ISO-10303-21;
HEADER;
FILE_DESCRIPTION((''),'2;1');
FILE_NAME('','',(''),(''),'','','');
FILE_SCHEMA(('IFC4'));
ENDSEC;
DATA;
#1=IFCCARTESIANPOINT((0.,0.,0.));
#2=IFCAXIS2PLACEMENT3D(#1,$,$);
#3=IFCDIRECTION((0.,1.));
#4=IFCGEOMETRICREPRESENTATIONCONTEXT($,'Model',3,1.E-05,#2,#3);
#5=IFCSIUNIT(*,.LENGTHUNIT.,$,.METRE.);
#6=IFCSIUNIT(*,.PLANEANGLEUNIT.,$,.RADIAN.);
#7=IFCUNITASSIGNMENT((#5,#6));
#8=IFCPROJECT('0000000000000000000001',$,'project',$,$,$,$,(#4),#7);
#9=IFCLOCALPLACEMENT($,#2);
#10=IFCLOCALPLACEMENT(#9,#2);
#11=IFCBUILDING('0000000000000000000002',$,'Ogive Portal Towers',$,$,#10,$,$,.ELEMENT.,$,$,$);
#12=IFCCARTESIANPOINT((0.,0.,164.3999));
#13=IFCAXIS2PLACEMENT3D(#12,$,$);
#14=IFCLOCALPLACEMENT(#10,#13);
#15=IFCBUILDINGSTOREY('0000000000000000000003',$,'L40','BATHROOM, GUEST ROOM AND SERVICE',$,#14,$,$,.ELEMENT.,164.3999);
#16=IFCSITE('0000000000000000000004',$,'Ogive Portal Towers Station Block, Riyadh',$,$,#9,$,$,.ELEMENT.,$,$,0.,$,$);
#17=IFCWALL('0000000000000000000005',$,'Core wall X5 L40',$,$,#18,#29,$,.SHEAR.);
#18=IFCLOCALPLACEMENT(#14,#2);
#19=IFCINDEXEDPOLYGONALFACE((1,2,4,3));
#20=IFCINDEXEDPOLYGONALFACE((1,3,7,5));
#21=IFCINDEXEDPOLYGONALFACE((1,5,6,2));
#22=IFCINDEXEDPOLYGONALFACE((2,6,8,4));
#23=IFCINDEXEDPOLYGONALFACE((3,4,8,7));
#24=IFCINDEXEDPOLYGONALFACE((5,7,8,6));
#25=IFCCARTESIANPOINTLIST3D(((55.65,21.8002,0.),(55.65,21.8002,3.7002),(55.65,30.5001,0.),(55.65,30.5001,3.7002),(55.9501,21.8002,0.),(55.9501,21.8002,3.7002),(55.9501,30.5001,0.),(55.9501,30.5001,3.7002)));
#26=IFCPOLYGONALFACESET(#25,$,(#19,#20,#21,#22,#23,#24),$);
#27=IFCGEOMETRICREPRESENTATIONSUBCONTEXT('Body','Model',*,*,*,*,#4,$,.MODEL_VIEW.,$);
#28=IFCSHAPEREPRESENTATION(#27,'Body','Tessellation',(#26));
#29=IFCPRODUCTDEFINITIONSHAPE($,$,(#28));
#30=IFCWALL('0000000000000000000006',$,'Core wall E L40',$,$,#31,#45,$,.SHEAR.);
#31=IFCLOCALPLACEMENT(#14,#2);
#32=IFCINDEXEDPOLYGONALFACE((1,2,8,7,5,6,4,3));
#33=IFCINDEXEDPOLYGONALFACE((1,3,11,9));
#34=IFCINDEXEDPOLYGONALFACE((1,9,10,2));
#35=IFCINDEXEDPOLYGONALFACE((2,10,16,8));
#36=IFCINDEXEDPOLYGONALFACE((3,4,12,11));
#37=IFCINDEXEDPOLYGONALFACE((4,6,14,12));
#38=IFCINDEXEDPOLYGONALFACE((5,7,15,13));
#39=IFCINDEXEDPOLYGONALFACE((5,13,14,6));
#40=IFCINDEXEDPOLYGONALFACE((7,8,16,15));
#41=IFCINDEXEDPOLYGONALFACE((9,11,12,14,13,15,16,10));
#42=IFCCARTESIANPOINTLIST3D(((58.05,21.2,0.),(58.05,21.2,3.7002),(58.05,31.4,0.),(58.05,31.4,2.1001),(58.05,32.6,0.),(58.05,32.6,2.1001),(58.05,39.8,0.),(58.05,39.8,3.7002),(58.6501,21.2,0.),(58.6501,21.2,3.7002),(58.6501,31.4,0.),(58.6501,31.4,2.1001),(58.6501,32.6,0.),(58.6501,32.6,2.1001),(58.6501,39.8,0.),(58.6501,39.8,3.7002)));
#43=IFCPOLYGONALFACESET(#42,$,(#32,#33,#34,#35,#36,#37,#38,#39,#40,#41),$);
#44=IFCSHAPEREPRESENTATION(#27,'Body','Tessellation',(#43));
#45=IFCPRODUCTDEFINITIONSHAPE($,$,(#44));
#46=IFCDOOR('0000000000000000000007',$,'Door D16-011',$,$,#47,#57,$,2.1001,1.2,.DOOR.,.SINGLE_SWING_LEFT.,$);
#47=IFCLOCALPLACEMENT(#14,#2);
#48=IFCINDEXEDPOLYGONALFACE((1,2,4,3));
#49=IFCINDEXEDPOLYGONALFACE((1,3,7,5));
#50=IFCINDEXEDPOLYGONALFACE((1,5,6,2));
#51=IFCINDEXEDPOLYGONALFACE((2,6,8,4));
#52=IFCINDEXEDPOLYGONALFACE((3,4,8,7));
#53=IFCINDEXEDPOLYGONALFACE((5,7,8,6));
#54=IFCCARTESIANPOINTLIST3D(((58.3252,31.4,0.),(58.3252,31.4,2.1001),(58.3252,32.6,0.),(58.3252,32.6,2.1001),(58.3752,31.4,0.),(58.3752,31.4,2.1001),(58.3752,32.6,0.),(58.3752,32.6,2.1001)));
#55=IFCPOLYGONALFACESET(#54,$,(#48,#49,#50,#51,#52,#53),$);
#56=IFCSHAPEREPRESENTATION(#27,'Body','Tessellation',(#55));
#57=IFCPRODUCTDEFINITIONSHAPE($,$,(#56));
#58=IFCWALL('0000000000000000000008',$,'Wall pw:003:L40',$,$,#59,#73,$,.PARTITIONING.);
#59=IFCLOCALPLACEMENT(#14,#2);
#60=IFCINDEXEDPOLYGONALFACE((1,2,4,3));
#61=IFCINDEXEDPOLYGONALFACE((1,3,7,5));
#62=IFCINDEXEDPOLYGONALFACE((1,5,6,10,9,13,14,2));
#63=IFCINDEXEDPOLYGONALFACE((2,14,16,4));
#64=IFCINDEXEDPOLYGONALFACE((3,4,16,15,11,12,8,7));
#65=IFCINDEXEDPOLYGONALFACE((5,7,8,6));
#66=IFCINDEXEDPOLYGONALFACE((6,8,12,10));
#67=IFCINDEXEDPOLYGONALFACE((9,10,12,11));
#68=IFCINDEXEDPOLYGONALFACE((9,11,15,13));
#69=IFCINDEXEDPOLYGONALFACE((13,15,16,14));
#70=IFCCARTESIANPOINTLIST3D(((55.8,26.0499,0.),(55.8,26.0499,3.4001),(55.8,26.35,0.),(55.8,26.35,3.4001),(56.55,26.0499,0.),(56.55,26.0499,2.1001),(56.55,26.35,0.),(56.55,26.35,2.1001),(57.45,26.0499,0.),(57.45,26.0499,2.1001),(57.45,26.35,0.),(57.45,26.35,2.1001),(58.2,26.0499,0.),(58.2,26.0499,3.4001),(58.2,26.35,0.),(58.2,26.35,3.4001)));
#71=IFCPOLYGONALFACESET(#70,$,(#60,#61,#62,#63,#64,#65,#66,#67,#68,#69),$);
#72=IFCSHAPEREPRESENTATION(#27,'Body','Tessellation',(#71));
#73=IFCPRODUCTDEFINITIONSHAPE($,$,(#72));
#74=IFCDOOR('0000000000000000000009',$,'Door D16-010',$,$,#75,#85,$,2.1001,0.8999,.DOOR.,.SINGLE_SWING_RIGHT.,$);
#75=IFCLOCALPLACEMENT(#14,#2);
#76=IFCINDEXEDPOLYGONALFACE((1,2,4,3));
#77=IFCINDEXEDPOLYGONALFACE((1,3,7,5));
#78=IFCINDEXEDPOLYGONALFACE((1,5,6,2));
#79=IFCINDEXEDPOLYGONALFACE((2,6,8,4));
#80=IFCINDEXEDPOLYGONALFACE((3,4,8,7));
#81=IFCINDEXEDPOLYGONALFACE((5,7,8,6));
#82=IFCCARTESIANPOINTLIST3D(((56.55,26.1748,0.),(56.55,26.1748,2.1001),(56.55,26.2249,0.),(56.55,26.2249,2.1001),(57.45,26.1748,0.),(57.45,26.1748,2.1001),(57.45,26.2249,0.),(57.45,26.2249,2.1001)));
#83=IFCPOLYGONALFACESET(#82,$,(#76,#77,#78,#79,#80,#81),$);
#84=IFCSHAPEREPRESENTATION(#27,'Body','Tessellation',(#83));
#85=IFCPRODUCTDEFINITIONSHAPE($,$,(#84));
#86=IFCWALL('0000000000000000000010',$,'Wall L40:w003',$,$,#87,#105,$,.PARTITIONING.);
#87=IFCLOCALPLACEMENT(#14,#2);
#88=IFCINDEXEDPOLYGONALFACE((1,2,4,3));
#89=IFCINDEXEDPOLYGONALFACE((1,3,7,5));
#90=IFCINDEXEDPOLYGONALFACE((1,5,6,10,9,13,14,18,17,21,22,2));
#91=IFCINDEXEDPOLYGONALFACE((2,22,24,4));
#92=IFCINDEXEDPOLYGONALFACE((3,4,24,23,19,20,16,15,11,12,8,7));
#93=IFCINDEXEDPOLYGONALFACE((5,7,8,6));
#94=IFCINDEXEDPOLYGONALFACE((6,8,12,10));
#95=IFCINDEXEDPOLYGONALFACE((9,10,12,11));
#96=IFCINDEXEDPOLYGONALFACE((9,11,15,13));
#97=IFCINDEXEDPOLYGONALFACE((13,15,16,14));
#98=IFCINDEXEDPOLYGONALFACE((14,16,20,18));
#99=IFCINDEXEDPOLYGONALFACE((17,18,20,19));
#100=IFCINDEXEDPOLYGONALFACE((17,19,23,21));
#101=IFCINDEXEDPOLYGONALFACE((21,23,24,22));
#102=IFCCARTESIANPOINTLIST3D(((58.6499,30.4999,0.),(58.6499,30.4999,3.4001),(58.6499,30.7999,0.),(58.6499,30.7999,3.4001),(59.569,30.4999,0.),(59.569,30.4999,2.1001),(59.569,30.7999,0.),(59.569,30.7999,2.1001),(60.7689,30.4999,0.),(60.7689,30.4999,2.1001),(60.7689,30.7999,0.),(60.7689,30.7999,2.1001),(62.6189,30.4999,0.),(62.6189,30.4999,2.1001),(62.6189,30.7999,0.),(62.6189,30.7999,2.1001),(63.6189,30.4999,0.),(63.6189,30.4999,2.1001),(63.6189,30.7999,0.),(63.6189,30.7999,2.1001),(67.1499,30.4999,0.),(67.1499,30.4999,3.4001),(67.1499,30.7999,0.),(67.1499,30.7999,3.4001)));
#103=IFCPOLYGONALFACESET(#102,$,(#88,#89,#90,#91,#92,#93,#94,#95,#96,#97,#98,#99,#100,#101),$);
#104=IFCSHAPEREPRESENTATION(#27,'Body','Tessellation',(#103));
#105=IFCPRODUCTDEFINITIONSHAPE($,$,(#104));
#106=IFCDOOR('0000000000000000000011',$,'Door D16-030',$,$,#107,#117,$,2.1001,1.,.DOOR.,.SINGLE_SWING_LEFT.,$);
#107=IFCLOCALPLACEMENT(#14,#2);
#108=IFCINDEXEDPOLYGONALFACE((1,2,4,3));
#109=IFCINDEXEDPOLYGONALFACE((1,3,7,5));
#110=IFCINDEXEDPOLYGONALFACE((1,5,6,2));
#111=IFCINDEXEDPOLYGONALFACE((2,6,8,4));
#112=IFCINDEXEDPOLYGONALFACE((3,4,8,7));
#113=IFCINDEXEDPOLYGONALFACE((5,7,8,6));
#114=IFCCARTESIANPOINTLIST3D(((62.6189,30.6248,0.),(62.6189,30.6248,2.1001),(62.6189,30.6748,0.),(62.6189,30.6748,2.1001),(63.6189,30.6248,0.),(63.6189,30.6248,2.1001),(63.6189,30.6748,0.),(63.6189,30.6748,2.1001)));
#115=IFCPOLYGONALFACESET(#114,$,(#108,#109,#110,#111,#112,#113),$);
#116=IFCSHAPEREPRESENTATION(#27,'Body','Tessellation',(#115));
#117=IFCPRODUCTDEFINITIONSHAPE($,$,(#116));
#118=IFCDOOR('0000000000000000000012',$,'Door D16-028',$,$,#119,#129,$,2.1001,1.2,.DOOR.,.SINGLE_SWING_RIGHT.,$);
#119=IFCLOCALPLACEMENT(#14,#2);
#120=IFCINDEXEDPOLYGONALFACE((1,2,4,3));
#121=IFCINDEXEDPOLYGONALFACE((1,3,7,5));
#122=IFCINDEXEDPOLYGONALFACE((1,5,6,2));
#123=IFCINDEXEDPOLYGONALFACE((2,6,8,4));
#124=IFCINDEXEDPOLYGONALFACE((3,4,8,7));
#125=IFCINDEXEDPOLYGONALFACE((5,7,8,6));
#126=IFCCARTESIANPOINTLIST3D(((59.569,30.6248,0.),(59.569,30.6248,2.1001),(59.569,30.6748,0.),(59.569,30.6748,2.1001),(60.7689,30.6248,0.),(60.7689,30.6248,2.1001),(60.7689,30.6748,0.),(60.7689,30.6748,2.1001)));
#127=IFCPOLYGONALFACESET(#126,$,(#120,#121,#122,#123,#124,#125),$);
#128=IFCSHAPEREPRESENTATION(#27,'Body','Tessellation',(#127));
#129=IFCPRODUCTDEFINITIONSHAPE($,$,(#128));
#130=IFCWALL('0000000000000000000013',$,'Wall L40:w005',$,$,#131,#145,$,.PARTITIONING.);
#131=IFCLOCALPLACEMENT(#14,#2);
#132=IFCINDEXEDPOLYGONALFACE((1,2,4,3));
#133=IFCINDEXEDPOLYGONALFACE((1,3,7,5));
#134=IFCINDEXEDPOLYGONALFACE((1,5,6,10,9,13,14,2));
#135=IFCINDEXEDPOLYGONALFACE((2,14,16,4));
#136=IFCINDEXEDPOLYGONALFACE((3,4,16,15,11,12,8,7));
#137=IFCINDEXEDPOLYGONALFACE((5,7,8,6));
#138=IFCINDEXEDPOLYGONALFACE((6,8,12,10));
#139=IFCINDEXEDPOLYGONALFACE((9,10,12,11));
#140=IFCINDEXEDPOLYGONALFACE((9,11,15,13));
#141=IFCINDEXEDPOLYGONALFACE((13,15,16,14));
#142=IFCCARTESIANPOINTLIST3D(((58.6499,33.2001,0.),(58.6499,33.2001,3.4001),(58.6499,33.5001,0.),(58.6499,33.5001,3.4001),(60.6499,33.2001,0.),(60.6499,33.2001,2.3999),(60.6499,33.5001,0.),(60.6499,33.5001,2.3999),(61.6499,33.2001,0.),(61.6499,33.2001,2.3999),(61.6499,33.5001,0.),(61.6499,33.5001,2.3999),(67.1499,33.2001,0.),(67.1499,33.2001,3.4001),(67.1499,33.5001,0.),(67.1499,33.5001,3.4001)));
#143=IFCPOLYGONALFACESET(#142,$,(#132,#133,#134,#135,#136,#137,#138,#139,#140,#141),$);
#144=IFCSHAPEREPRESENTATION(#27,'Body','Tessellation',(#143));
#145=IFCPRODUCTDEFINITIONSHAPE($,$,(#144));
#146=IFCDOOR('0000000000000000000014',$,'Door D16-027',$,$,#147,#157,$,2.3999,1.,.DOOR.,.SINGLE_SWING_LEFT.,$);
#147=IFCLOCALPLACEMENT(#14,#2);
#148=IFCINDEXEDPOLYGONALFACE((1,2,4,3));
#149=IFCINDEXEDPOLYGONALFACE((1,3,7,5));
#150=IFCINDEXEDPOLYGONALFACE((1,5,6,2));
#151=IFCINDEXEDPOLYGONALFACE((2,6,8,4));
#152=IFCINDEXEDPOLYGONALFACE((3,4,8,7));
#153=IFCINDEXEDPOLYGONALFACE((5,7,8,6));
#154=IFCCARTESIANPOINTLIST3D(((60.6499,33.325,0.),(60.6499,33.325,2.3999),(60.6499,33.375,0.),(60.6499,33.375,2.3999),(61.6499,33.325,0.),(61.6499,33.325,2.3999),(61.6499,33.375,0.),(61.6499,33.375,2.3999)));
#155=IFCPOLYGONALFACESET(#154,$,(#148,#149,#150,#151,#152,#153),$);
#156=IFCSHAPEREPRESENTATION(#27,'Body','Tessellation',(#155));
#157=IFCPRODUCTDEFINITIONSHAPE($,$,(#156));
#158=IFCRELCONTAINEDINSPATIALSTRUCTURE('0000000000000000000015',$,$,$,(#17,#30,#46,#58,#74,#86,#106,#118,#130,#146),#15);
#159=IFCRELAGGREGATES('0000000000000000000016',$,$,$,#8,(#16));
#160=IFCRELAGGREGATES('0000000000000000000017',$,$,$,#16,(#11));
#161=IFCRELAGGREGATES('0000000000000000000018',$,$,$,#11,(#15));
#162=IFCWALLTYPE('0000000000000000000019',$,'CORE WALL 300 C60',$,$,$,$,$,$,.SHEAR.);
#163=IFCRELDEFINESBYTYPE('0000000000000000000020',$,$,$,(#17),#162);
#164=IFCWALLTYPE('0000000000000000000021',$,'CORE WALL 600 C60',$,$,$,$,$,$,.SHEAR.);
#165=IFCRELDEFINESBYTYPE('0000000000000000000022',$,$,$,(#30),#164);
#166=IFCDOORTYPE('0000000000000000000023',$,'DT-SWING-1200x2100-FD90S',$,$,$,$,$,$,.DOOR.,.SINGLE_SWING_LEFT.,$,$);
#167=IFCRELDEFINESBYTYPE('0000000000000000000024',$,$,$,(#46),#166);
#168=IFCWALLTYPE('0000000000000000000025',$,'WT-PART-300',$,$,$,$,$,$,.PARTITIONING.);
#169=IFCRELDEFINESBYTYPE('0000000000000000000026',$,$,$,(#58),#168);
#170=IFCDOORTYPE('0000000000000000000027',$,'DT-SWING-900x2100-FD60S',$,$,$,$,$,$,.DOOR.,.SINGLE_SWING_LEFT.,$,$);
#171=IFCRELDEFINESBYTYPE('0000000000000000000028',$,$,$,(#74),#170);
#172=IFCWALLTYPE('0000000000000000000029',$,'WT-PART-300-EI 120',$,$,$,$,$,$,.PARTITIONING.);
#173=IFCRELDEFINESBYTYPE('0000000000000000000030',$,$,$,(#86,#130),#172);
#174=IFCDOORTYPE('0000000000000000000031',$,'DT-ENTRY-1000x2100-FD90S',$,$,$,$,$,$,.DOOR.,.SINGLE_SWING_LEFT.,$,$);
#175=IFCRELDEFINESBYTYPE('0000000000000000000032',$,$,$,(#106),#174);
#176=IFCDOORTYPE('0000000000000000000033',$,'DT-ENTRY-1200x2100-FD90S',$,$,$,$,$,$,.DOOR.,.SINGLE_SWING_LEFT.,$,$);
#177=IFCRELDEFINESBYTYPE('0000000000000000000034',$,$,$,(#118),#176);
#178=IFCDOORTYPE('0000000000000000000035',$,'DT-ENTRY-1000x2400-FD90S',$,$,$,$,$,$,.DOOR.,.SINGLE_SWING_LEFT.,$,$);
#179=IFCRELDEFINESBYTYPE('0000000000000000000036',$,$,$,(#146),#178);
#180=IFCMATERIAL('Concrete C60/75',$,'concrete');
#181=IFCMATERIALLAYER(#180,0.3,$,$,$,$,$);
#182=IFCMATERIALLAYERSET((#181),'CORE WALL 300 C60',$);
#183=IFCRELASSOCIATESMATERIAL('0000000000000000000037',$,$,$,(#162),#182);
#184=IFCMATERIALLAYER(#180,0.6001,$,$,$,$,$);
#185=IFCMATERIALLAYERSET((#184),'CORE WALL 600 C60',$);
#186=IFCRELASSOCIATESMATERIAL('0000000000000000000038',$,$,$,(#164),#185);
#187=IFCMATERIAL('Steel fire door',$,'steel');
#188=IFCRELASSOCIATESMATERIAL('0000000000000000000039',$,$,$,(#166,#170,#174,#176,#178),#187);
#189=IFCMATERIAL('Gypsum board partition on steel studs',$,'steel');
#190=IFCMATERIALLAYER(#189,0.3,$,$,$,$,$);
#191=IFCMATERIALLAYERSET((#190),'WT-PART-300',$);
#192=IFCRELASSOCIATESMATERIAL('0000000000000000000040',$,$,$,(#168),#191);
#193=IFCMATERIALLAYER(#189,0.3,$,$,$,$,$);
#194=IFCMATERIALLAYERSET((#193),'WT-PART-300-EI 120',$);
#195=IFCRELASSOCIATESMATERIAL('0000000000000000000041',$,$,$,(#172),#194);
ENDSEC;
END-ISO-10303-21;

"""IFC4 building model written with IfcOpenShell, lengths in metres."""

from ifc_helpers import new_model, si_unit, direction, frame, frame_2d, origin, place, context, subcontext, project, spatial, rectangle, extrude, material, layer, layer_set, type_object, element, fill, save


model = new_model("IFC4")

# Units and contexts
model_context = context("Model", 3, precision=1e-05, world=origin(), true_north=direction((0.0, 1.0)))
body_context = subcontext(model_context, "Body", "Model", "MODEL_VIEW")
ifc_project = project(units=[si_unit("LENGTHUNIT", "METRE"), si_unit("PLANEANGLEUNIT", "RADIAN")], contexts=[model_context])

# Site, building, storey
site_placement = place(None, origin())
site = spatial("IfcSite", under=ifc_project, at=site_placement, Name="Ogive Portal Towers Station Block, Riyadh", CompositionType="ELEMENT", RefElevation=0.0)
building_placement = place(site_placement, origin())
building = spatial("IfcBuilding", under=site, at=building_placement, Name="Ogive Portal Towers", CompositionType="ELEMENT")
storey_placement = place(building_placement, frame((0.0, 0.0, 164.3999)))
storey = spatial("IfcBuildingStorey", under=building, at=storey_placement, Name="L40", Description="BATHROOM, GUEST ROOM AND SERVICE", CompositionType="ELEMENT", Elevation=164.3999)

# Wall
ifc_material_1 = material(Name="Concrete C60/75", Category="concrete")
ifc_layer_1 = layer(ifc_material_1, 0.3)
ifc_layer_set_1 = layer_set([ifc_layer_1], Name="CORE WALL 300 C60")
wall_type_1 = type_object("IfcWallType", Name="CORE WALL 300 C60", PredefinedType="SHEAR", material=ifc_layer_set_1)
wall_1_placement = place(storey_placement, frame((55.8, 21.8, 0.0), z_axis=(0.0, 0.0, 1.0), x_axis=(0.0, 1.0, 0.0)))
element("IfcWall", 1, at=wall_1_placement, inside=storey, type_object=wall_type_1, Name="Core wall X5 L40", PredefinedType="SHEAR", context=body_context, shape_type="SweptSolid", body=[
    extrude(rectangle(XDim=8.7, YDim=0.3, at=frame_2d((4.3501, 0.0))), origin(), (0.0, 0.0, 1.0), 3.7002),
])

# Walls, openings, doors
ifc_layer_2 = layer(ifc_material_1, 0.6001)
ifc_layer_set_2 = layer_set([ifc_layer_2], Name="CORE WALL 600 C60")
wall_type_2 = type_object("IfcWallType", Name="CORE WALL 600 C60", PredefinedType="SHEAR", material=ifc_layer_set_2)
wall_2_placement = place(storey_placement, frame((58.3501, 21.2, 0.0), z_axis=(0.0, 0.0, 1.0), x_axis=(0.0, 1.0, 0.0)))
wall_2 = element("IfcWall", 2, at=wall_2_placement, inside=storey, type_object=wall_type_2, Name="Core wall E L40", PredefinedType="SHEAR", context=body_context, shape_type="SweptSolid", body=[
    extrude(rectangle(XDim=18.6001, YDim=0.6001, at=frame_2d((9.3, 0.0))), origin(), (0.0, 0.0, 1.0), 3.7002),
])
opening_1_placement = place(wall_2_placement, frame((10.2, 0.0, 0.0)))
opening_1 = element("IfcOpeningElement", 3, at=opening_1_placement, cuts=wall_2, PredefinedType="OPENING", context=body_context, shape_type="SweptSolid", body=[
    extrude(rectangle(XDim=1.2, YDim=2.1001, at=frame_2d((0.6001, 1.05))), frame((0.0, 0.3101, 0.0), z_axis=(0.0, -1.0, 0.0), x_axis=(1.0, 0.0, 0.0)), (0.0, 0.0, 1.0), 0.6201),
])
ifc_material_2 = material(Name="Steel fire door", Category="steel")
door_type_1 = type_object("IfcDoorType", Name="DT-SWING-1200x2100-FD90S", OperationType="SINGLE_SWING_LEFT", PredefinedType="DOOR", material=ifc_material_2)
door_1_placement = place(opening_1_placement, origin())
door_1 = element("IfcDoor", 4, at=door_1_placement, inside=storey, type_object=door_type_1, Name="Door D16-011", OperationType="SINGLE_SWING_LEFT", OverallHeight=2.1001, OverallWidth=1.2, PredefinedType="DOOR", context=body_context, shape_type="SweptSolid", body=[
    extrude(rectangle(XDim=1.2, YDim=2.1001, at=frame_2d((0.6001, 1.05))), frame((0.0, 0.0249, 0.0), z_axis=(0.0, -1.0, 0.0), x_axis=(1.0, 0.0, 0.0)), (0.0, 0.0, 1.0), 0.05),
])
fill(opening_1, door_1)
ifc_material_3 = material(Name="Gypsum board partition on steel studs", Category="steel")
ifc_layer_3 = layer(ifc_material_3, 0.3)
ifc_layer_set_3 = layer_set([ifc_layer_3], Name="WT-PART-300")
wall_type_3 = type_object("IfcWallType", Name="WT-PART-300", PredefinedType="PARTITIONING", material=ifc_layer_set_3)
wall_3_placement = place(storey_placement, frame((55.8, 26.2, 0.0), z_axis=(0.0, 0.0, 1.0), x_axis=(1.0, 0.0, 0.0)))
wall_3 = element("IfcWall", 5, at=wall_3_placement, inside=storey, type_object=wall_type_3, Name="Wall pw:003:L40", PredefinedType="PARTITIONING", context=body_context, shape_type="SweptSolid", body=[
    extrude(rectangle(XDim=2.3999, YDim=0.3, at=frame_2d((1.2, 0.0))), origin(), (0.0, 0.0, 1.0), 3.4001),
])
opening_2_placement = place(wall_3_placement, frame((0.75, 0.0, 0.0)))
opening_2 = element("IfcOpeningElement", 6, at=opening_2_placement, cuts=wall_3, PredefinedType="OPENING", context=body_context, shape_type="SweptSolid", body=[
    extrude(rectangle(XDim=0.8999, YDim=2.1001, at=frame_2d((0.45, 1.05))), frame((0.0, 0.1602, 0.0), z_axis=(0.0, -1.0, 0.0), x_axis=(1.0, 0.0, 0.0)), (0.0, 0.0, 1.0), 0.3201),
])
door_type_2 = type_object("IfcDoorType", Name="DT-SWING-900x2100-FD60S", OperationType="SINGLE_SWING_LEFT", PredefinedType="DOOR", material=ifc_material_2)
door_2_placement = place(opening_2_placement, origin())
door_2 = element("IfcDoor", 7, at=door_2_placement, inside=storey, type_object=door_type_2, Name="Door D16-010", OperationType="SINGLE_SWING_RIGHT", OverallHeight=2.1001, OverallWidth=0.8999, PredefinedType="DOOR", context=body_context, shape_type="SweptSolid", body=[
    extrude(rectangle(XDim=0.8999, YDim=2.1001, at=frame_2d((0.45, 1.05))), frame((0.0, 0.0249, 0.0), z_axis=(0.0, -1.0, 0.0), x_axis=(1.0, 0.0, 0.0)), (0.0, 0.0, 1.0), 0.05),
])
fill(opening_2, door_2)

# Wall, openings, doors
ifc_layer_4 = layer(ifc_material_3, 0.3)
ifc_layer_set_4 = layer_set([ifc_layer_4], Name="WT-PART-300-EI 120")
wall_type_4 = type_object("IfcWallType", Name="WT-PART-300-EI 120", PredefinedType="PARTITIONING", material=ifc_layer_set_4)
wall_4_placement = place(storey_placement, frame((58.6499, 30.6499, 0.0), z_axis=(0.0, 0.0, 1.0), x_axis=(1.0, 0.0, 0.0)))
wall_4 = element("IfcWall", 8, at=wall_4_placement, inside=storey, type_object=wall_type_4, Name="Wall L40:w003", PredefinedType="PARTITIONING", context=body_context, shape_type="SweptSolid", body=[
    extrude(rectangle(XDim=8.5, YDim=0.3, at=frame_2d((4.25, 0.0))), origin(), (0.0, 0.0, 1.0), 3.4001),
])
opening_3_placement = place(wall_4_placement, frame((0.9189, 0.0, 0.0)))
opening_3 = element("IfcOpeningElement", 9, at=opening_3_placement, cuts=wall_4, PredefinedType="OPENING", context=body_context, shape_type="SweptSolid", body=[
    extrude(rectangle(XDim=1.2, YDim=2.1001, at=frame_2d((0.6001, 1.05))), frame((0.0, 0.1602, 0.0), z_axis=(0.0, -1.0, 0.0), x_axis=(1.0, 0.0, 0.0)), (0.0, 0.0, 1.0), 0.3201),
])
opening_4_placement = place(wall_4_placement, frame((3.969, 0.0, 0.0)))
opening_4 = element("IfcOpeningElement", 10, at=opening_4_placement, cuts=wall_4, PredefinedType="OPENING", context=body_context, shape_type="SweptSolid", body=[
    extrude(rectangle(XDim=1.0, YDim=2.1001, at=frame_2d((0.5, 1.05))), frame((0.0, 0.1602, 0.0), z_axis=(0.0, -1.0, 0.0), x_axis=(1.0, 0.0, 0.0)), (0.0, 0.0, 1.0), 0.3201),
])
door_type_3 = type_object("IfcDoorType", Name="DT-ENTRY-1000x2100-FD90S", OperationType="SINGLE_SWING_LEFT", PredefinedType="DOOR", material=ifc_material_2)
door_3_placement = place(opening_4_placement, origin())
door_3 = element("IfcDoor", 11, at=door_3_placement, inside=storey, type_object=door_type_3, Name="Door D16-030", OperationType="SINGLE_SWING_LEFT", OverallHeight=2.1001, OverallWidth=1.0, PredefinedType="DOOR", context=body_context, shape_type="SweptSolid", body=[
    extrude(rectangle(XDim=1.0, YDim=2.1001, at=frame_2d((0.5, 1.05))), frame((0.0, 0.0249, 0.0), z_axis=(0.0, -1.0, 0.0), x_axis=(1.0, 0.0, 0.0)), (0.0, 0.0, 1.0), 0.05),
])
fill(opening_4, door_3)
door_type_4 = type_object("IfcDoorType", Name="DT-ENTRY-1200x2100-FD90S", OperationType="SINGLE_SWING_LEFT", PredefinedType="DOOR", material=ifc_material_2)
door_4_placement = place(opening_3_placement, origin())
door_4 = element("IfcDoor", 12, at=door_4_placement, inside=storey, type_object=door_type_4, Name="Door D16-028", OperationType="SINGLE_SWING_RIGHT", OverallHeight=2.1001, OverallWidth=1.2, PredefinedType="DOOR", context=body_context, shape_type="SweptSolid", body=[
    extrude(rectangle(XDim=1.2, YDim=2.1001, at=frame_2d((0.6001, 1.05))), frame((0.0, 0.0249, 0.0), z_axis=(0.0, -1.0, 0.0), x_axis=(1.0, 0.0, 0.0)), (0.0, 0.0, 1.0), 0.05),
])
fill(opening_3, door_4)

# Wall, opening, door
wall_5_placement = place(storey_placement, frame((58.6499, 33.3501, 0.0), z_axis=(0.0, 0.0, 1.0), x_axis=(1.0, 0.0, 0.0)))
wall_5 = element("IfcWall", 13, at=wall_5_placement, inside=storey, type_object=wall_type_4, Name="Wall L40:w005", PredefinedType="PARTITIONING", context=body_context, shape_type="SweptSolid", body=[
    extrude(rectangle(XDim=8.5, YDim=0.3, at=frame_2d((4.25, 0.0))), origin(), (0.0, 0.0, 1.0), 3.4001),
])
opening_5_placement = place(wall_5_placement, frame((2.0, 0.0, 0.0)))
opening_5 = element("IfcOpeningElement", 14, at=opening_5_placement, cuts=wall_5, PredefinedType="OPENING", context=body_context, shape_type="SweptSolid", body=[
    extrude(rectangle(XDim=1.0, YDim=2.3999, at=frame_2d((0.5, 1.2))), frame((0.0, 0.1602, 0.0), z_axis=(0.0, -1.0, 0.0), x_axis=(1.0, 0.0, 0.0)), (0.0, 0.0, 1.0), 0.3201),
])
door_type_5 = type_object("IfcDoorType", Name="DT-ENTRY-1000x2400-FD90S", OperationType="SINGLE_SWING_LEFT", PredefinedType="DOOR", material=ifc_material_2)
door_5_placement = place(opening_5_placement, origin())
door_5 = element("IfcDoor", 15, at=door_5_placement, inside=storey, type_object=door_type_5, Name="Door D16-027", OperationType="SINGLE_SWING_LEFT", OverallHeight=2.3999, OverallWidth=1.0, PredefinedType="DOOR", context=body_context, shape_type="SweptSolid", body=[
    extrude(rectangle(XDim=1.0, YDim=2.3999, at=frame_2d((0.5, 1.2))), frame((0.0, 0.0249, 0.0), z_axis=(0.0, -1.0, 0.0), x_axis=(1.0, 0.0, 0.0)), (0.0, 0.0, 1.0), 0.05),
])
fill(opening_5, door_5)

save(model, "model.ifc")
